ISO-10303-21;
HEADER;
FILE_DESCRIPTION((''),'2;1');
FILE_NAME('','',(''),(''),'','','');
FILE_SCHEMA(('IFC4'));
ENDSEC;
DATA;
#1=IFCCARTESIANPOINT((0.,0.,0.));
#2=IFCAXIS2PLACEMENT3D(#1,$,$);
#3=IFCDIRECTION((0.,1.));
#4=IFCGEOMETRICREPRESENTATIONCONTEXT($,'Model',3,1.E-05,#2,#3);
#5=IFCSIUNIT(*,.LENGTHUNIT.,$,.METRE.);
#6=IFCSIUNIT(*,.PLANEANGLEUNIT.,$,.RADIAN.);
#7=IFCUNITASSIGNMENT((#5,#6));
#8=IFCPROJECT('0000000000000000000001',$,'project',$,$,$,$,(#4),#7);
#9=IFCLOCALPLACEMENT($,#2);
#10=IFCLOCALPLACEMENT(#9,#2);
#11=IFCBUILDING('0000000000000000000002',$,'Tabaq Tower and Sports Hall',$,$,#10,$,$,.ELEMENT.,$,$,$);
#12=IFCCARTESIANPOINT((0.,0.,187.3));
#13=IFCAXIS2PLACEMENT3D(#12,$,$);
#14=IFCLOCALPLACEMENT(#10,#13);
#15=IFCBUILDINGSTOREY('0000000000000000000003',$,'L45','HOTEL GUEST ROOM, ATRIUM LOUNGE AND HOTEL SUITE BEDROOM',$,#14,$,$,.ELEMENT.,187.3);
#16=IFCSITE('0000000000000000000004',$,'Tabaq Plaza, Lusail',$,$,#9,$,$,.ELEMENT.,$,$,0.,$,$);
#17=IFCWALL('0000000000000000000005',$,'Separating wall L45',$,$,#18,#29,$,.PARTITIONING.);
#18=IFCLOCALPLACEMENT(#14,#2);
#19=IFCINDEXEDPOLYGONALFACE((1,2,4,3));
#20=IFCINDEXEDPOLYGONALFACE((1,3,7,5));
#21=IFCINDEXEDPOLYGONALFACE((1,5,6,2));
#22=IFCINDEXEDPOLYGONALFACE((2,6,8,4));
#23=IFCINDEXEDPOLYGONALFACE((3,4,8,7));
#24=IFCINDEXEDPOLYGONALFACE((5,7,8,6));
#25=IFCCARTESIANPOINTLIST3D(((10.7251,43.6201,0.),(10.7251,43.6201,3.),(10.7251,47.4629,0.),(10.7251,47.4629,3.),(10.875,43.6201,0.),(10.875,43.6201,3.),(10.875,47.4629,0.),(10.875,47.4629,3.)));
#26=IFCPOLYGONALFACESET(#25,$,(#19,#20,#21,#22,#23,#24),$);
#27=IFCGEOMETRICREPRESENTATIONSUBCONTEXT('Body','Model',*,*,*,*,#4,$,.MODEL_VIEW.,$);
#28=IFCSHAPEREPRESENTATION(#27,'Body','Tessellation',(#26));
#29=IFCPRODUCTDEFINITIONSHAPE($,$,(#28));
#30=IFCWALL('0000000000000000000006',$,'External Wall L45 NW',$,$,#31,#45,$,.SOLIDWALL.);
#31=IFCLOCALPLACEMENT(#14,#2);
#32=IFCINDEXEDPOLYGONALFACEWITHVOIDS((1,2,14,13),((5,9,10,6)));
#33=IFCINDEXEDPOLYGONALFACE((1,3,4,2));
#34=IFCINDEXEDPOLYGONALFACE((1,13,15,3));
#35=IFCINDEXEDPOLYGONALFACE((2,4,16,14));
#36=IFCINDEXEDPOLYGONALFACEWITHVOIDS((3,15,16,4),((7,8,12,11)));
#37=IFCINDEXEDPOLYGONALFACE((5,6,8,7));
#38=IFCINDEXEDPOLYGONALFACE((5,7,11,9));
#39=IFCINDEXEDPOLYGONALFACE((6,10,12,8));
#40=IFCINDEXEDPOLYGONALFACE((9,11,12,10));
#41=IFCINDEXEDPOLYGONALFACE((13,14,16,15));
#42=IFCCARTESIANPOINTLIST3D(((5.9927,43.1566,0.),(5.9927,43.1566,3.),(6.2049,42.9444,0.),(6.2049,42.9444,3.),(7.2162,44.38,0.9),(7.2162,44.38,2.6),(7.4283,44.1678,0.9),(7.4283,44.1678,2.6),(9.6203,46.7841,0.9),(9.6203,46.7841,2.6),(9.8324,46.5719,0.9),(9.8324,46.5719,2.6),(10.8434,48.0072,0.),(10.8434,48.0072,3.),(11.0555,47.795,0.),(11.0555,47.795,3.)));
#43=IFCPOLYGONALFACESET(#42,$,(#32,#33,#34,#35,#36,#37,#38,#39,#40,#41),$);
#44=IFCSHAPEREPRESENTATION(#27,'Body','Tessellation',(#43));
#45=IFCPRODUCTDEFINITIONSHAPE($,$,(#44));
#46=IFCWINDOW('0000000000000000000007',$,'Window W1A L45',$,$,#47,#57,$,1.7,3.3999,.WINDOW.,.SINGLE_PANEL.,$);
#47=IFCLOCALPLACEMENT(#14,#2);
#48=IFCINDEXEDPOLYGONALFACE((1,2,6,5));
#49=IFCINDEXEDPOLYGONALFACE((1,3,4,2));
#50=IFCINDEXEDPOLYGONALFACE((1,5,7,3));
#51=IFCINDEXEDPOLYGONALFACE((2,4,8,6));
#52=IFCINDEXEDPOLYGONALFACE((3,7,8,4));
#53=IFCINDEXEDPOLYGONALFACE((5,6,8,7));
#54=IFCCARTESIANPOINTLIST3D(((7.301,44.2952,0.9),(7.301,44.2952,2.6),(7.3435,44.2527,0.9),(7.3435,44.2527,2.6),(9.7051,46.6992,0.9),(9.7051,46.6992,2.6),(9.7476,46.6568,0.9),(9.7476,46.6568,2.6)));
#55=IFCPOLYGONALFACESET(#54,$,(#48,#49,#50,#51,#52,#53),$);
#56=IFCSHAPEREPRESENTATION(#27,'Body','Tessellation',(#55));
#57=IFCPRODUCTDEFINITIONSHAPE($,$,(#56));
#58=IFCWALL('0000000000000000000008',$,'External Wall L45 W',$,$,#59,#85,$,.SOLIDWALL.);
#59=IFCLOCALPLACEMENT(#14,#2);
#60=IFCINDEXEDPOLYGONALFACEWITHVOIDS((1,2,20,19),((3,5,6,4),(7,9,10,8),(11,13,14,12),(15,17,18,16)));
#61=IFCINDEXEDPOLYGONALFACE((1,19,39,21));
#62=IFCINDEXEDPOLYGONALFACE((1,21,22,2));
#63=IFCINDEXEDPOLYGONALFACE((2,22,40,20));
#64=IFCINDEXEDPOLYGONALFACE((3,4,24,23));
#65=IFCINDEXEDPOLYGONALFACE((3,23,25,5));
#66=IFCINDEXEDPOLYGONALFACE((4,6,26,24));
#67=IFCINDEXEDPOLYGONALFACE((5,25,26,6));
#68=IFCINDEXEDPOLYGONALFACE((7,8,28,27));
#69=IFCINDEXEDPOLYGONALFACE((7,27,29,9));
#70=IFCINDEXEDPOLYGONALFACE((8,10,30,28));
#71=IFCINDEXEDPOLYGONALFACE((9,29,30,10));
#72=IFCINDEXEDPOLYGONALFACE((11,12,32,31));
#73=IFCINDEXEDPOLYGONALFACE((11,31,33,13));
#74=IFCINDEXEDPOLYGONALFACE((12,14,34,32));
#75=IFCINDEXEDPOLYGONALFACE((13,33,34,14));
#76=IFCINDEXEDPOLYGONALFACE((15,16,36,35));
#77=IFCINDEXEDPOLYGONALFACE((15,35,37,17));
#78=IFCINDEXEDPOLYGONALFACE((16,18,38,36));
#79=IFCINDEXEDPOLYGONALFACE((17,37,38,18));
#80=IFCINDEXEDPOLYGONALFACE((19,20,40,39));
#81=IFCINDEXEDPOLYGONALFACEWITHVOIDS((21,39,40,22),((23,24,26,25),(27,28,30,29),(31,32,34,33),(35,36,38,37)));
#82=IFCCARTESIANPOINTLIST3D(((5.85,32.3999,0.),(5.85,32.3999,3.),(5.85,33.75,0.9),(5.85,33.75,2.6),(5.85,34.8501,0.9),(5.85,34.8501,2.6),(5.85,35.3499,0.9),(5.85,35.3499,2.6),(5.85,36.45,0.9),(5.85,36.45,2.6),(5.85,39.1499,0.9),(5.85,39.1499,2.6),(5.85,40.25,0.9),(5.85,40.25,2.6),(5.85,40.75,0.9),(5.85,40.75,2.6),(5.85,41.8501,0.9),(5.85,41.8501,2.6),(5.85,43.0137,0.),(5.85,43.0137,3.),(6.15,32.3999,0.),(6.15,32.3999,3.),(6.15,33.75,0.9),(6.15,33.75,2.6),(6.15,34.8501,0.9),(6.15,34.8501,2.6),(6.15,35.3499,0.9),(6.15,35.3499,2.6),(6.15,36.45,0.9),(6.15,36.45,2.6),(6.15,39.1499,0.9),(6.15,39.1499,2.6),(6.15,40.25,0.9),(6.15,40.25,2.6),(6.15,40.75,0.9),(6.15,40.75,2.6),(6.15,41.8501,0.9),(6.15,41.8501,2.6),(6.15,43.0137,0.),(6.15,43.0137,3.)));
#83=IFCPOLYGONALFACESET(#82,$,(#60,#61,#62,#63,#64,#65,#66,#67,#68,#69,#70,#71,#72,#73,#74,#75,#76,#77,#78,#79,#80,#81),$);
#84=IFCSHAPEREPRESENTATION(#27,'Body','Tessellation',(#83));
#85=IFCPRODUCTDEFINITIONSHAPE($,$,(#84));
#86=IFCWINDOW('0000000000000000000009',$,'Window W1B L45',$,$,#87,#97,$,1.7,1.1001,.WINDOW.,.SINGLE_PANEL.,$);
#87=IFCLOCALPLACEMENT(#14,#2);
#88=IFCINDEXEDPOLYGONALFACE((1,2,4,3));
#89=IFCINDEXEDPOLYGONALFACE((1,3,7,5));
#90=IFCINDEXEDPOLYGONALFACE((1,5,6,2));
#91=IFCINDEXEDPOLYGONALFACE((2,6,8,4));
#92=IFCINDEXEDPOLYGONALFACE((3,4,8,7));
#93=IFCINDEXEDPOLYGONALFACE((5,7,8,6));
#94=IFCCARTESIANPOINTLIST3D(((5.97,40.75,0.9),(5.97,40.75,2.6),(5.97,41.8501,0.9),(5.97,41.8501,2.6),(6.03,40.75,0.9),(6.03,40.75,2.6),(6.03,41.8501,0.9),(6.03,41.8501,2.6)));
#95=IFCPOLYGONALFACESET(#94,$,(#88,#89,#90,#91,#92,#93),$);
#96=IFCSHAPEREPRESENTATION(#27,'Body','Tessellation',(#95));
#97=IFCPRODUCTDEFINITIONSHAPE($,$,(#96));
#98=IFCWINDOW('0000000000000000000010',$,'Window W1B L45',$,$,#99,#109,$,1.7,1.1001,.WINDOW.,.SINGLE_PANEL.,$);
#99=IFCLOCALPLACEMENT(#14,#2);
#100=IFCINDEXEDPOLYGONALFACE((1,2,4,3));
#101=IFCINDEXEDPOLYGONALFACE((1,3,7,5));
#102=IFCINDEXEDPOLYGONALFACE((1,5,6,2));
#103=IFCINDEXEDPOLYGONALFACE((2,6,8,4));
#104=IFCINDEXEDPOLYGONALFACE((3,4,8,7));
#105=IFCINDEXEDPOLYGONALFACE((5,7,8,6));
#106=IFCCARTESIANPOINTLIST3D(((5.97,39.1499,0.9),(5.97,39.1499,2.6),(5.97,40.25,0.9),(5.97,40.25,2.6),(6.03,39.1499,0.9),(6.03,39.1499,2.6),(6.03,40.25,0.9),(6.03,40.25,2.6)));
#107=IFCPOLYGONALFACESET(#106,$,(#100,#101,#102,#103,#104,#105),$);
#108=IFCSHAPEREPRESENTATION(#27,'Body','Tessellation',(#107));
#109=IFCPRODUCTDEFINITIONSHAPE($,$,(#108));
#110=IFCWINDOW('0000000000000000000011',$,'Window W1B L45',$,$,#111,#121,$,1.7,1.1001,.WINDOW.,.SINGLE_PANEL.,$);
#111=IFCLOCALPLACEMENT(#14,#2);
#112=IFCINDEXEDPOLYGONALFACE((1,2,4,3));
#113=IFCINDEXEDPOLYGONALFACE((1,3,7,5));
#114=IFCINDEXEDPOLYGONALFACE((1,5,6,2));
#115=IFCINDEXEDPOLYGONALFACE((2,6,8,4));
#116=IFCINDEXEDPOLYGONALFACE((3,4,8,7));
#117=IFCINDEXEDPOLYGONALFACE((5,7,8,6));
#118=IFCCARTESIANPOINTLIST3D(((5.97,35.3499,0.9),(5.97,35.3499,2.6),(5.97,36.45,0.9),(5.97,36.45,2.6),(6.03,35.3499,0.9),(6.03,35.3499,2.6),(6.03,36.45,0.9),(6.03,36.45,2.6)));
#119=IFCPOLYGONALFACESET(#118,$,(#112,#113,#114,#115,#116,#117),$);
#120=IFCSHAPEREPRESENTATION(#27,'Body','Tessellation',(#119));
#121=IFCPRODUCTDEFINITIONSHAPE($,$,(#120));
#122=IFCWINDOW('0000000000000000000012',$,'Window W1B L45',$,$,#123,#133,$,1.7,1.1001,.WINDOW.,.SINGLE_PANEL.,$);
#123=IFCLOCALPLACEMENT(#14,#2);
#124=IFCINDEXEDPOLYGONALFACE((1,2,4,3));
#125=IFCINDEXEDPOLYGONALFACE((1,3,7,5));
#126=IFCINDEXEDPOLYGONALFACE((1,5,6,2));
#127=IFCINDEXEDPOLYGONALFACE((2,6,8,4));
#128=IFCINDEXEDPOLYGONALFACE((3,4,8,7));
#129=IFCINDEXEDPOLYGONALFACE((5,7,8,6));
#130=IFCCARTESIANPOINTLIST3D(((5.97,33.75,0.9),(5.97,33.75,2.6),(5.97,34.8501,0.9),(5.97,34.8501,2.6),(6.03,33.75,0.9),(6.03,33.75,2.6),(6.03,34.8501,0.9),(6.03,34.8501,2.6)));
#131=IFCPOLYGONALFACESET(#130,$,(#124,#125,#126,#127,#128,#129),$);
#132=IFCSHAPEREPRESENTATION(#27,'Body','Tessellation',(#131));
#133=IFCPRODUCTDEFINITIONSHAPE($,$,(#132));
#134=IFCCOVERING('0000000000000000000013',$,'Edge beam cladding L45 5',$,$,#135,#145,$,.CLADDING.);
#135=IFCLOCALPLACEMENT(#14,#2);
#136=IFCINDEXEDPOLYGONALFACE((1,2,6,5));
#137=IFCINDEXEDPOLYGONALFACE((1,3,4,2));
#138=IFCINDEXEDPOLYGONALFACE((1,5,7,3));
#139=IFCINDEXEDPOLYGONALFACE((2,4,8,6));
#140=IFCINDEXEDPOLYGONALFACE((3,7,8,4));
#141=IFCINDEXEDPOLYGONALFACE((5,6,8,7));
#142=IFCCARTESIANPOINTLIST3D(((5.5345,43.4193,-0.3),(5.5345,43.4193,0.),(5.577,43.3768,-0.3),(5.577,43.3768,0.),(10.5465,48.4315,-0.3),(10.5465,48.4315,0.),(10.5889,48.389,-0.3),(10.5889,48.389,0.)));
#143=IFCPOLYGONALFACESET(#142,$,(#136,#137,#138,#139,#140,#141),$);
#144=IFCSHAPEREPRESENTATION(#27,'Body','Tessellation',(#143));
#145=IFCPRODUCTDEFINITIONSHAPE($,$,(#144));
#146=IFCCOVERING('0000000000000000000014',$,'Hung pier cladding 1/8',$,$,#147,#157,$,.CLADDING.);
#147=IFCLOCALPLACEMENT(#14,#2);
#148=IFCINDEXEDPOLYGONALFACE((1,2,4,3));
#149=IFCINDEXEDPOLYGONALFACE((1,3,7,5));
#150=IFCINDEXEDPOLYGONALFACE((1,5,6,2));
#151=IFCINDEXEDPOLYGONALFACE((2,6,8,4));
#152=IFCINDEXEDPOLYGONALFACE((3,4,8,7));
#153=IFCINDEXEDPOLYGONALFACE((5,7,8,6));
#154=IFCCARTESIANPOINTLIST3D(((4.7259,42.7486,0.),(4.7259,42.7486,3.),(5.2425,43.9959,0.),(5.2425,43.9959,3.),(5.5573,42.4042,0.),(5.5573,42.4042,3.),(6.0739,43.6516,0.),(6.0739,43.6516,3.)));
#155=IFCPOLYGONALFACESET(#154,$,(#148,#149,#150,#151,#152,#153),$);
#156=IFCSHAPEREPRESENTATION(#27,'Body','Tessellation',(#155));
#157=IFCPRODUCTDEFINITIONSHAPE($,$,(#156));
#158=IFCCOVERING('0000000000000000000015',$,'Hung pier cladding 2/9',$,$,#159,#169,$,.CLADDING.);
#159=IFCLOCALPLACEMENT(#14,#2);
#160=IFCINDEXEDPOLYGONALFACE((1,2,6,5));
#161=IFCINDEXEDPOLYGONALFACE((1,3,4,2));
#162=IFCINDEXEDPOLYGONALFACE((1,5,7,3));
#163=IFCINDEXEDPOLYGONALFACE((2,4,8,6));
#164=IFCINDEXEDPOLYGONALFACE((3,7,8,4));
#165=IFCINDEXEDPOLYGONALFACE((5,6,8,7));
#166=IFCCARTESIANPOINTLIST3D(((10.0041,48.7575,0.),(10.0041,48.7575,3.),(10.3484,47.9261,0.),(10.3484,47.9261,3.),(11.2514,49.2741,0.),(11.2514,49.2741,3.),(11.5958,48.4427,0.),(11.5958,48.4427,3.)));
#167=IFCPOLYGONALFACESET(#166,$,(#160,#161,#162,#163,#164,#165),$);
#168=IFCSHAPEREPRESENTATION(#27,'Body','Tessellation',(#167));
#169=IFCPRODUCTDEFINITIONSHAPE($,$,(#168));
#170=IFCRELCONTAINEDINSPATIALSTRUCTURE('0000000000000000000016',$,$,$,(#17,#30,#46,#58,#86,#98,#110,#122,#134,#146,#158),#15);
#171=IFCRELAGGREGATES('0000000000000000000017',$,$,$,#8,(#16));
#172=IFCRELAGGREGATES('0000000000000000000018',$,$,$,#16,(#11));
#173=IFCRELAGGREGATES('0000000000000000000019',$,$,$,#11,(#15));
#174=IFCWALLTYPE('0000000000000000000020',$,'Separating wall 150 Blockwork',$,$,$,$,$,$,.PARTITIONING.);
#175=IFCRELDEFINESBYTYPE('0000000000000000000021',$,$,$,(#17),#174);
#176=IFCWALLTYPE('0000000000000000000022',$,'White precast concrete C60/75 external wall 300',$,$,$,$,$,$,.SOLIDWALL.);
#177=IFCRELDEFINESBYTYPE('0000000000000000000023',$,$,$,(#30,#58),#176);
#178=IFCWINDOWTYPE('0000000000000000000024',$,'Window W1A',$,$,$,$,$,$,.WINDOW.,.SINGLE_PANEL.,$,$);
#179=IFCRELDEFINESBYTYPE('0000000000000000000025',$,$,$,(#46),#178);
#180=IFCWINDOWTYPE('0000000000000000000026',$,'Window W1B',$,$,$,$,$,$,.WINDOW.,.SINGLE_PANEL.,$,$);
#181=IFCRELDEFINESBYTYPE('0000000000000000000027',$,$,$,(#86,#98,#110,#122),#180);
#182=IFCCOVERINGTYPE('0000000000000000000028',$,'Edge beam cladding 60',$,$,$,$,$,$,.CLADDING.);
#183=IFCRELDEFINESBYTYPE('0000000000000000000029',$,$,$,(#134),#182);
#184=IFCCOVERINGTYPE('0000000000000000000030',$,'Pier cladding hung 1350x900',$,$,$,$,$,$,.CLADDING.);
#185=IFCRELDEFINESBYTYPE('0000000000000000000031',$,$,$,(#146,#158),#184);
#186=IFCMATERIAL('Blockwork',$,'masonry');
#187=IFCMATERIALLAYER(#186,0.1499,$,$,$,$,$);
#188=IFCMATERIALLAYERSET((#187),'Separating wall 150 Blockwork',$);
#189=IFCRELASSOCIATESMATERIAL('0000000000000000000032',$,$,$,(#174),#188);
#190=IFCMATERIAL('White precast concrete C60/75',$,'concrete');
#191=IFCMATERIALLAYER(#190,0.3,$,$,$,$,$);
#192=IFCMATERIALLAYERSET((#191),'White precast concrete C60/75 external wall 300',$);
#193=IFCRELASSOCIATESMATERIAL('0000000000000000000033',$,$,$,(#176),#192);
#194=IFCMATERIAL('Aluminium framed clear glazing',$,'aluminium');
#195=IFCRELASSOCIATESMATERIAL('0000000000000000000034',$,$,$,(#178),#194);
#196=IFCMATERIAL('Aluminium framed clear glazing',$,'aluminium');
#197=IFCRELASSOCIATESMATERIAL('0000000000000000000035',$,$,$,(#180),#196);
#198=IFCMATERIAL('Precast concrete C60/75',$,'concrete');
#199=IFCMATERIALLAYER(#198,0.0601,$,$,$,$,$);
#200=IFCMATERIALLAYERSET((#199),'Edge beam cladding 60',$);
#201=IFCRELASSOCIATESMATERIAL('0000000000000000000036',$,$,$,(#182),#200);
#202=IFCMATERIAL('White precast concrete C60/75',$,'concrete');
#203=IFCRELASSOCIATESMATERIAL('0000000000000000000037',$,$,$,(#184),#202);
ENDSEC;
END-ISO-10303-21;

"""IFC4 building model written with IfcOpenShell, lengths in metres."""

from ifc_helpers import new_model, si_unit, direction, frame, frame_2d, origin, place, context, subcontext, project, spatial, rectangle, extrude, material, layer, layer_set, type_object, element, fill, save


model = new_model("IFC4")

# Units and contexts
model_context = context("Model", 3, precision=1e-05, world=origin(), true_north=direction((0.0, 1.0)))
body_context = subcontext(model_context, "Body", "Model", "MODEL_VIEW")
ifc_project = project(units=[si_unit("LENGTHUNIT", "METRE"), si_unit("PLANEANGLEUNIT", "RADIAN")], contexts=[model_context])

# Site, building, storey
site_placement = place(None, origin())
site = spatial("IfcSite", under=ifc_project, at=site_placement, Name="Tabaq Plaza, Lusail", CompositionType="ELEMENT", RefElevation=0.0)
building_placement = place(site_placement, origin())
building = spatial("IfcBuilding", under=site, at=building_placement, Name="Tabaq Tower and Sports Hall", CompositionType="ELEMENT")
storey_placement = place(building_placement, frame((0.0, 0.0, 187.3)))
storey = spatial("IfcBuildingStorey", under=building, at=storey_placement, Name="L45", Description="HOTEL GUEST ROOM, ATRIUM LOUNGE AND HOTEL SUITE BEDROOM", CompositionType="ELEMENT", Elevation=187.3)

# Wall
ifc_material_1 = material(Name="Blockwork", Category="masonry")
ifc_layer_1 = layer(ifc_material_1, 0.1499)
ifc_layer_set_1 = layer_set([ifc_layer_1], Name="Separating wall 150 Blockwork")
wall_type_1 = type_object("IfcWallType", Name="Separating wall 150 Blockwork", PredefinedType="PARTITIONING", material=ifc_layer_set_1)
wall_1_placement = place(storey_placement, frame((10.8, 43.6201, 0.0), z_axis=(0.0, 0.0, 1.0), x_axis=(0.0, 1.0, 0.0)))
element("IfcWall", 1, at=wall_1_placement, inside=storey, type_object=wall_type_1, Name="Separating wall L45", PredefinedType="PARTITIONING", context=body_context, shape_type="SweptSolid", body=[
    extrude(rectangle(XDim=3.8428, YDim=0.1499, at=frame_2d((1.9214, 0.0))), origin(), (0.0, 0.0, 1.0), 3.0),
])

# Wall, opening, window
ifc_material_2 = material(Name="White precast concrete C60/75", Category="concrete")
ifc_layer_2 = layer(ifc_material_2, 0.3)
ifc_layer_set_2 = layer_set([ifc_layer_2], Name="White precast concrete C60/75 external wall 300")
wall_type_2 = type_object("IfcWallType", Name="White precast concrete C60/75 external wall 300", PredefinedType="SOLIDWALL", material=ifc_layer_set_2)
wall_2_placement = place(storey_placement, frame((10.9495, 47.9011, 0.0), z_axis=(0.0, 0.0, 1.0), x_axis=(-0.707107, -0.707107, 0.0)))
wall_2 = element("IfcWall", 2, at=wall_2_placement, inside=storey, type_object=wall_type_2, Name="External Wall L45 NW", PredefinedType="SOLIDWALL", context=body_context, shape_type="SweptSolid", body=[
    extrude(rectangle(XDim=6.8599, YDim=0.3, at=frame_2d((3.4299, 0.0))), origin(), (0.0, 0.0, 1.0), 3.0),
])
opening_1_placement = place(wall_2_placement, frame((1.7297, 0.0, 0.8999)))
opening_1 = element("IfcOpeningElement", 3, at=opening_1_placement, cuts=wall_2, PredefinedType="OPENING", context=body_context, shape_type="SweptSolid", body=[
    extrude(rectangle(XDim=3.3999, YDim=1.7, at=frame_2d((1.7, 0.8501))), frame((0.0, 0.1602, 0.0), z_axis=(0.0, -1.0, 0.0), x_axis=(1.0, 0.0, 0.0)), (0.0, 0.0, 1.0), 0.3201),
])
ifc_material_3 = material(Name="Aluminium framed clear glazing", Category="aluminium")
window_type_1 = type_object("IfcWindowType", Name="Window W1A", PartitioningType="SINGLE_PANEL", PredefinedType="WINDOW", material=ifc_material_3)
window_1_placement = place(opening_1_placement, origin())
window_1 = element("IfcWindow", 4, at=window_1_placement, inside=storey, type_object=window_type_1, Name="Window W1A L45", OverallHeight=1.7, OverallWidth=3.3999, PartitioningType="SINGLE_PANEL", PredefinedType="WINDOW", context=body_context, shape_type="SweptSolid", body=[
    extrude(rectangle(XDim=3.3999, YDim=1.7, at=frame_2d((1.7, 0.8501))), frame((0.0, 0.03, 0.0), z_axis=(0.0, -1.0, 0.0), x_axis=(1.0, 0.0, 0.0)), (0.0, 0.0, 1.0), 0.0601),
])
fill(opening_1, window_1)

# Wall, openings, windows
wall_3_placement = place(storey_placement, frame((6.0, 43.0137, 0.0), z_axis=(0.0, 0.0, 1.0), x_axis=(0.0, -1.0, 0.0)))
wall_3 = element("IfcWall", 5, at=wall_3_placement, inside=storey, type_object=wall_type_2, Name="External Wall L45 W", PredefinedType="SOLIDWALL", context=body_context, shape_type="SweptSolid", body=[
    extrude(rectangle(XDim=10.6138, YDim=0.3, at=frame_2d((5.3069, 0.0))), origin(), (0.0, 0.0, 1.0), 3.0),
])
opening_2_placement = place(wall_3_placement, frame((1.1636, 0.0, 0.8999)))
opening_2 = element("IfcOpeningElement", 6, at=opening_2_placement, cuts=wall_3, PredefinedType="OPENING", context=body_context, shape_type="SweptSolid", body=[
    extrude(rectangle(XDim=1.1001, YDim=1.7, at=frame_2d((0.55, 0.8501))), frame((0.0, 0.1602, 0.0), z_axis=(0.0, -1.0, 0.0), x_axis=(1.0, 0.0, 0.0)), (0.0, 0.0, 1.0), 0.3201),
])
opening_3_placement = place(wall_3_placement, frame((2.7637, 0.0, 0.8999)))
opening_3 = element("IfcOpeningElement", 7, at=opening_3_placement, cuts=wall_3, PredefinedType="OPENING", context=body_context, shape_type="SweptSolid", body=[
    extrude(rectangle(XDim=1.1001, YDim=1.7, at=frame_2d((0.55, 0.8501))), frame((0.0, 0.1602, 0.0), z_axis=(0.0, -1.0, 0.0), x_axis=(1.0, 0.0, 0.0)), (0.0, 0.0, 1.0), 0.3201),
])
opening_4_placement = place(wall_3_placement, frame((6.5637, 0.0, 0.8999)))
opening_4 = element("IfcOpeningElement", 8, at=opening_4_placement, cuts=wall_3, PredefinedType="OPENING", context=body_context, shape_type="SweptSolid", body=[
    extrude(rectangle(XDim=1.1001, YDim=1.7, at=frame_2d((0.55, 0.8501))), frame((0.0, 0.1602, 0.0), z_axis=(0.0, -1.0, 0.0), x_axis=(1.0, 0.0, 0.0)), (0.0, 0.0, 1.0), 0.3201),
])
opening_5_placement = place(wall_3_placement, frame((8.1636, 0.0, 0.8999)))
opening_5 = element("IfcOpeningElement", 9, at=opening_5_placement, cuts=wall_3, PredefinedType="OPENING", context=body_context, shape_type="SweptSolid", body=[
    extrude(rectangle(XDim=1.1001, YDim=1.7, at=frame_2d((0.55, 0.8501))), frame((0.0, 0.1602, 0.0), z_axis=(0.0, -1.0, 0.0), x_axis=(1.0, 0.0, 0.0)), (0.0, 0.0, 1.0), 0.3201),
])
ifc_material_4 = material(Name="Aluminium framed clear glazing", Category="aluminium")
window_type_2 = type_object("IfcWindowType", Name="Window W1B", PartitioningType="SINGLE_PANEL", PredefinedType="WINDOW", material=ifc_material_4)
window_2_placement = place(opening_2_placement, origin())
window_2 = element("IfcWindow", 10, at=window_2_placement, inside=storey, type_object=window_type_2, Name="Window W1B L45", OverallHeight=1.7, OverallWidth=1.1001, PartitioningType="SINGLE_PANEL", PredefinedType="WINDOW", context=body_context, shape_type="SweptSolid", body=[
    extrude(rectangle(XDim=1.1001, YDim=1.7, at=frame_2d((0.55, 0.8501))), frame((0.0, 0.03, 0.0), z_axis=(0.0, -1.0, 0.0), x_axis=(1.0, 0.0, 0.0)), (0.0, 0.0, 1.0), 0.0601),
])
fill(opening_2, window_2)
window_3_placement = place(opening_3_placement, origin())
window_3 = element("IfcWindow", 11, at=window_3_placement, inside=storey, type_object=window_type_2, Name="Window W1B L45", OverallHeight=1.7, OverallWidth=1.1001, PartitioningType="SINGLE_PANEL", PredefinedType="WINDOW", context=body_context, shape_type="SweptSolid", body=[
    extrude(rectangle(XDim=1.1001, YDim=1.7, at=frame_2d((0.55, 0.8501))), frame((0.0, 0.03, 0.0), z_axis=(0.0, -1.0, 0.0), x_axis=(1.0, 0.0, 0.0)), (0.0, 0.0, 1.0), 0.0601),
])
fill(opening_3, window_3)
window_4_placement = place(opening_4_placement, origin())
window_4 = element("IfcWindow", 12, at=window_4_placement, inside=storey, type_object=window_type_2, Name="Window W1B L45", OverallHeight=1.7, OverallWidth=1.1001, PartitioningType="SINGLE_PANEL", PredefinedType="WINDOW", context=body_context, shape_type="SweptSolid", body=[
    extrude(rectangle(XDim=1.1001, YDim=1.7, at=frame_2d((0.55, 0.8501))), frame((0.0, 0.03, 0.0), z_axis=(0.0, -1.0, 0.0), x_axis=(1.0, 0.0, 0.0)), (0.0, 0.0, 1.0), 0.0601),
])
fill(opening_4, window_4)
window_5_placement = place(opening_5_placement, origin())
window_5 = element("IfcWindow", 13, at=window_5_placement, inside=storey, type_object=window_type_2, Name="Window W1B L45", OverallHeight=1.7, OverallWidth=1.1001, PartitioningType="SINGLE_PANEL", PredefinedType="WINDOW", context=body_context, shape_type="SweptSolid", body=[
    extrude(rectangle(XDim=1.1001, YDim=1.7, at=frame_2d((0.55, 0.8501))), frame((0.0, 0.03, 0.0), z_axis=(0.0, -1.0, 0.0), x_axis=(1.0, 0.0, 0.0)), (0.0, 0.0, 1.0), 0.0601),
])
fill(opening_5, window_5)

# Coverings
ifc_material_5 = material(Name="Precast concrete C60/75", Category="concrete")
ifc_layer_3 = layer(ifc_material_5, 0.0601)
ifc_layer_set_3 = layer_set([ifc_layer_3], Name="Edge beam cladding 60")
covering_type_1 = type_object("IfcCoveringType", Name="Edge beam cladding 60", PredefinedType="CLADDING", material=ifc_layer_set_3)
covering_1_placement = place(storey_placement, frame((10.5676, 48.4102, -0.3), z_axis=(0.0, 0.0, 1.0), x_axis=(-0.70709, -0.707124, 0.0)))
element("IfcCovering", 14, at=covering_1_placement, inside=storey, type_object=covering_type_1, Name="Edge beam cladding L45 5", PredefinedType="CLADDING", context=body_context, shape_type="SweptSolid", body=[
    extrude(rectangle(XDim=7.0881, YDim=0.0601, at=frame_2d((3.5439, 0.0))), origin(), (0.0, 0.0, 1.0), 0.3),
])
ifc_material_6 = material(Name="White precast concrete C60/75", Category="concrete")
covering_type_2 = type_object("IfcCoveringType", Name="Pier cladding hung 1350x900", PredefinedType="CLADDING", material=ifc_material_6)
for number, where, z_axis, x_axis, name in (
    (15, (5.6582, 43.8237, 0.0), (0.0, 0.0, 1.0), (-0.38265, -0.923893, 0.0), "Hung pier cladding 1/8"),
    (16, (11.4236, 48.8584, 0.0), (0.0, 0.0, 1.0), (-0.923893, -0.38265, 0.0), "Hung pier cladding 2/9"),
):
    element("IfcCovering", number, at=place(storey_placement, frame(where, z_axis=z_axis, x_axis=x_axis)), inside=storey, type_object=covering_type_2, Name=name, PredefinedType="CLADDING", context=body_context, shape_type="SweptSolid", body=[
        extrude(rectangle(XDim=1.3501, YDim=0.8999, at=frame_2d((0.675, 0.0))), origin(), (0.0, 0.0, 1.0), 3.0),
    ])

save(model, "model.ifc")
